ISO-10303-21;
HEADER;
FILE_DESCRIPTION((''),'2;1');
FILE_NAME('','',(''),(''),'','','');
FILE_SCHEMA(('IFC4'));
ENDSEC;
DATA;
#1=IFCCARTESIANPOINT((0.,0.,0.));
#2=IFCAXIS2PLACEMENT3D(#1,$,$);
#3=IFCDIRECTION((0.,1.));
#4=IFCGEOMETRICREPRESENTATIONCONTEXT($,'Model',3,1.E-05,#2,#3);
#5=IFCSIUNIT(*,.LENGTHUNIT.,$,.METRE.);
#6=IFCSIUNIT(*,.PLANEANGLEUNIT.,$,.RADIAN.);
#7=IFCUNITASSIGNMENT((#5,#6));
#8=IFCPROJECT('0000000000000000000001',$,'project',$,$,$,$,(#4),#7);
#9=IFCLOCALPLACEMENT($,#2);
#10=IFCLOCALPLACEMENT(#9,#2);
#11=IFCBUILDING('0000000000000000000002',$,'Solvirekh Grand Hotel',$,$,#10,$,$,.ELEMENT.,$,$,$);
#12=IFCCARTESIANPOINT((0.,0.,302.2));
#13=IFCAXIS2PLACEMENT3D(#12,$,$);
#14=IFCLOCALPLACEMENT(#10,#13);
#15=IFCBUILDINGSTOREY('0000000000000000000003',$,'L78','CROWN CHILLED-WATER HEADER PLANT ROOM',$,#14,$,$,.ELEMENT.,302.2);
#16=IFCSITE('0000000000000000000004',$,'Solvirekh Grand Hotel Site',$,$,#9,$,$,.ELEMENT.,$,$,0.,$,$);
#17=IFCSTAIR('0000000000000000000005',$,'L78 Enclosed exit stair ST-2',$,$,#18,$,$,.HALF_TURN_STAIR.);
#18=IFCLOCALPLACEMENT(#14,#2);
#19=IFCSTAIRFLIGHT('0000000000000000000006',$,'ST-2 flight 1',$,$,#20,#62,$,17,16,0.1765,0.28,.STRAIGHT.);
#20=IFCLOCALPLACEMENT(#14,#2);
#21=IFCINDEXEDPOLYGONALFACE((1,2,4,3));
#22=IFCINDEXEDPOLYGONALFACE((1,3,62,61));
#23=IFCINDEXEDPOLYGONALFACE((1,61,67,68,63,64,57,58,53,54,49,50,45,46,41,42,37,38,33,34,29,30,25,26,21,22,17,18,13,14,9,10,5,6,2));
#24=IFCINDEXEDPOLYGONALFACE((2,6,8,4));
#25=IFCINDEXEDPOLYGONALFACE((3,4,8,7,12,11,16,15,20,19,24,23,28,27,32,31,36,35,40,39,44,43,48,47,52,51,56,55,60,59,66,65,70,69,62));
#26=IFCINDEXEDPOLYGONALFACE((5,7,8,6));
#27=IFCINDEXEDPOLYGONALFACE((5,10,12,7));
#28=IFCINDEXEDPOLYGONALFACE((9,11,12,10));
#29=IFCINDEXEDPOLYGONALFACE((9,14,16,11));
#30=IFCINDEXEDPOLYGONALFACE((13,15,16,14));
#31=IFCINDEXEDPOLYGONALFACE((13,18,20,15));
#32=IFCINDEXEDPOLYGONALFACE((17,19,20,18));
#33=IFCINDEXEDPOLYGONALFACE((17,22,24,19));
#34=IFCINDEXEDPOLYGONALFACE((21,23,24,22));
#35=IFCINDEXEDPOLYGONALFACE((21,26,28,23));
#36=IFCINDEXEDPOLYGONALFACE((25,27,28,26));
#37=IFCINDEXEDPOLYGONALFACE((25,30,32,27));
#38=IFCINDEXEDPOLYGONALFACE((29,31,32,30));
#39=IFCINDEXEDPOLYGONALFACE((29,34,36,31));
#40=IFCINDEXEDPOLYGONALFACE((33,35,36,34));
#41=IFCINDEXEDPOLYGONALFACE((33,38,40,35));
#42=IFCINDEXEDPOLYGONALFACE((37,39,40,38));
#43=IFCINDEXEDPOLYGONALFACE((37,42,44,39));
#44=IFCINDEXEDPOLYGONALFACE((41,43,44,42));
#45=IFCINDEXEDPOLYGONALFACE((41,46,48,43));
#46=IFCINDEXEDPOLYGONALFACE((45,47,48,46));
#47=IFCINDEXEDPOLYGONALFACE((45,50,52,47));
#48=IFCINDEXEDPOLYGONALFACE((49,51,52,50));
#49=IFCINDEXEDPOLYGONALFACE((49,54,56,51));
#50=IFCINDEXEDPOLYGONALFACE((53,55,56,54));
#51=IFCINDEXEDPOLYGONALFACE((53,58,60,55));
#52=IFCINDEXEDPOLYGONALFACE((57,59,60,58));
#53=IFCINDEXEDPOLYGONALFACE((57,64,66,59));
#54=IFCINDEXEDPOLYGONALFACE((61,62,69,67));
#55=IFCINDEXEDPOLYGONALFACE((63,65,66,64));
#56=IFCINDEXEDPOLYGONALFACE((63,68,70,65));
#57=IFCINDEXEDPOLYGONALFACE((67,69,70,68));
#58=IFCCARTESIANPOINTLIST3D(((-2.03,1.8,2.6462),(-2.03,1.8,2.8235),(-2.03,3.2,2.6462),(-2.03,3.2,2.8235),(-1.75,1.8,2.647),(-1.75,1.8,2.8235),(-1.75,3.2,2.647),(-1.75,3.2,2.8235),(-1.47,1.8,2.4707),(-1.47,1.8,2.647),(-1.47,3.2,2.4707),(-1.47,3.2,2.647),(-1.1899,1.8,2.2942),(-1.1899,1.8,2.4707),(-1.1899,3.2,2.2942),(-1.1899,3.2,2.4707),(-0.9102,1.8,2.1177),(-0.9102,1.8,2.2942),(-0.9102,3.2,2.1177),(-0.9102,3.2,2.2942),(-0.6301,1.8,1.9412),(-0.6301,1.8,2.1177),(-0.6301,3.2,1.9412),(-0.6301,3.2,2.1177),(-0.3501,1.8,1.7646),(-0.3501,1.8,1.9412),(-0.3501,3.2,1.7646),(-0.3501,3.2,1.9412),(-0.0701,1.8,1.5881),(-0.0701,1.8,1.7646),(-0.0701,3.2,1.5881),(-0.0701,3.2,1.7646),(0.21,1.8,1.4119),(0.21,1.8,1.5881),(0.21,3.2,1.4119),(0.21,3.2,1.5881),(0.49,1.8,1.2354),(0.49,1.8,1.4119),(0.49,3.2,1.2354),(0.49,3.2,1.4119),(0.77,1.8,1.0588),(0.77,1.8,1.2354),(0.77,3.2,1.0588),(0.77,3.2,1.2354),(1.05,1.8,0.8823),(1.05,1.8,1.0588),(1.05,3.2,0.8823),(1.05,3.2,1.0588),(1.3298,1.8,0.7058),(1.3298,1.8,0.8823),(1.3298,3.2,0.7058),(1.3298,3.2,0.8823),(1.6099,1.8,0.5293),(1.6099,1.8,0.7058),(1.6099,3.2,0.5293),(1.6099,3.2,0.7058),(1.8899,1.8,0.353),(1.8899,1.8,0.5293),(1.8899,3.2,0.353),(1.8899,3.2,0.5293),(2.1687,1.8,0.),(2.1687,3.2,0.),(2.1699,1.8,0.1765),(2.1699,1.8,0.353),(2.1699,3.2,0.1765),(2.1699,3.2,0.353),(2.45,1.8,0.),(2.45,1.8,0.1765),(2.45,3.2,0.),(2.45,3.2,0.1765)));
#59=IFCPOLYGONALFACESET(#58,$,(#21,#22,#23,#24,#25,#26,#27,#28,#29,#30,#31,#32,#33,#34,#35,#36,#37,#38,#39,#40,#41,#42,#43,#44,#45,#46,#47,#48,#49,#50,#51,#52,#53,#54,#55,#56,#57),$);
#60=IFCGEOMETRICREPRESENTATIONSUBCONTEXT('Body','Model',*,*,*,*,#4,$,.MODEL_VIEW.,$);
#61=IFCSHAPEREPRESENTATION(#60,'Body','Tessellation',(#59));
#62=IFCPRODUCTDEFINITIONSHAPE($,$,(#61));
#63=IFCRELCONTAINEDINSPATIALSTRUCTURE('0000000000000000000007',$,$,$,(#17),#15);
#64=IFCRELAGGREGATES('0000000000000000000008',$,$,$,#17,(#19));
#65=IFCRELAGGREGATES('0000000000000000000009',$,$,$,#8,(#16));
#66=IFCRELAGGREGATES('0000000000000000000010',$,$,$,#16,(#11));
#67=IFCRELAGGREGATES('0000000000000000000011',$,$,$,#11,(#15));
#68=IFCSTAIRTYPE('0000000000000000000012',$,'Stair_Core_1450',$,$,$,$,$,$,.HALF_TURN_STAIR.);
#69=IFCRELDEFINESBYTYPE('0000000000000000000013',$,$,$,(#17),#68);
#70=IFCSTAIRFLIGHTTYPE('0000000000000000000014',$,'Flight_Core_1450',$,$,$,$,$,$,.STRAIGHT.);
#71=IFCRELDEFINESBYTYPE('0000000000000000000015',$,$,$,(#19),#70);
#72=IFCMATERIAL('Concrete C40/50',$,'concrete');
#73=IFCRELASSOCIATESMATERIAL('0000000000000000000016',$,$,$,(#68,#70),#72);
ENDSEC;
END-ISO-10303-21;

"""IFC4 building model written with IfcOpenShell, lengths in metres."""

from ifc_helpers import new_model, si_unit, direction, frame, origin, place, context, subcontext, project, spatial, polyline, outline, extrude, material, type_object, element, aggregate, save


model = new_model("IFC4")

# Units and contexts
model_context = context("Model", 3, precision=1e-05, world=origin(), true_north=direction((0.0, 1.0)))
body_context = subcontext(model_context, "Body", "Model", "MODEL_VIEW")
ifc_project = project(units=[si_unit("LENGTHUNIT", "METRE"), si_unit("PLANEANGLEUNIT", "RADIAN")], contexts=[model_context])

# Site, building, storey
site_placement = place(None, origin())
site = spatial("IfcSite", under=ifc_project, at=site_placement, Name="Solvirekh Grand Hotel Site", CompositionType="ELEMENT", RefElevation=0.0)
building_placement = place(site_placement, origin())
building = spatial("IfcBuilding", under=site, at=building_placement, Name="Solvirekh Grand Hotel", CompositionType="ELEMENT")
storey_placement = place(building_placement, frame((0.0, 0.0, 302.2)))
storey = spatial("IfcBuildingStorey", under=building, at=storey_placement, Name="L78", Description="CROWN CHILLED-WATER HEADER PLANT ROOM", CompositionType="ELEMENT", Elevation=302.2)

# Stair
ifc_material_1 = material(Name="Concrete C40/50", Category="concrete")
stair_type = type_object("IfcStairType", Name="Stair_Core_1450", PredefinedType="HALF_TURN_STAIR", material=ifc_material_1)
stair_placement = place(storey_placement, origin())
stair = element("IfcStair", 1, at=stair_placement, inside=storey, type_object=stair_type, Name="L78 Enclosed exit stair ST-2", PredefinedType="HALF_TURN_STAIR")

# Stair flight
stair_flight_type = type_object("IfcStairFlightType", Name="Flight_Core_1450", PredefinedType="STRAIGHT", material=ifc_material_1)
stair_flight_placement = place(storey_placement, frame((2.45, 2.5, 0.0), z_axis=(0.0, 0.0, 1.0), x_axis=(-1.0, 0.0, 0.0)))
stair_flight = element("IfcStairFlight", 2, at=stair_flight_placement, type_object=stair_flight_type, Name="ST-2 flight 1", NumberOfRisers=17, NumberOfTreads=16, PredefinedType="STRAIGHT", RiserHeight=0.1765, TreadLength=0.28, context=body_context, shape_type="SweptSolid", body=[
    extrude(outline(polyline([(0.0, 0.0), (0.0, 0.1765), (0.28, 0.1765), (0.28, 0.353), (0.5601, 0.353), (0.5601, 0.5293), (0.8401, 0.5293), (0.8401, 0.7058), (1.1201, 0.7058), (1.1201, 0.8823), (1.3999, 0.8823), (1.3999, 1.0588), (1.6799, 1.0588), (1.6799, 1.2354), (1.96, 1.2354), (1.96, 1.4119), (2.24, 1.4119), (2.24, 1.5881), (2.52, 1.5881), (2.52, 1.7646), (2.8, 1.7646), (2.8, 1.9412), (3.0801, 1.9412), (3.0801, 2.1177), (3.3601, 2.1177), (3.3601, 2.2942), (3.6399, 2.2942), (3.6399, 2.4707), (3.9199, 2.4707), (3.9199, 2.647), (4.2, 2.647), (4.2, 2.8235), (4.48, 2.8235), (4.48, 3.0), (4.48, 2.6462), (0.2812, 0.0), (0.0, 0.0)])), frame((0.0, 0.7, 0.0), z_axis=(0.0, -1.0, 0.0), x_axis=(1.0, 0.0, 0.0)), (0.0, 0.0, 1.0), 1.3999),
])
aggregate(stair, [stair_flight])

save(model, "model.ifc")
